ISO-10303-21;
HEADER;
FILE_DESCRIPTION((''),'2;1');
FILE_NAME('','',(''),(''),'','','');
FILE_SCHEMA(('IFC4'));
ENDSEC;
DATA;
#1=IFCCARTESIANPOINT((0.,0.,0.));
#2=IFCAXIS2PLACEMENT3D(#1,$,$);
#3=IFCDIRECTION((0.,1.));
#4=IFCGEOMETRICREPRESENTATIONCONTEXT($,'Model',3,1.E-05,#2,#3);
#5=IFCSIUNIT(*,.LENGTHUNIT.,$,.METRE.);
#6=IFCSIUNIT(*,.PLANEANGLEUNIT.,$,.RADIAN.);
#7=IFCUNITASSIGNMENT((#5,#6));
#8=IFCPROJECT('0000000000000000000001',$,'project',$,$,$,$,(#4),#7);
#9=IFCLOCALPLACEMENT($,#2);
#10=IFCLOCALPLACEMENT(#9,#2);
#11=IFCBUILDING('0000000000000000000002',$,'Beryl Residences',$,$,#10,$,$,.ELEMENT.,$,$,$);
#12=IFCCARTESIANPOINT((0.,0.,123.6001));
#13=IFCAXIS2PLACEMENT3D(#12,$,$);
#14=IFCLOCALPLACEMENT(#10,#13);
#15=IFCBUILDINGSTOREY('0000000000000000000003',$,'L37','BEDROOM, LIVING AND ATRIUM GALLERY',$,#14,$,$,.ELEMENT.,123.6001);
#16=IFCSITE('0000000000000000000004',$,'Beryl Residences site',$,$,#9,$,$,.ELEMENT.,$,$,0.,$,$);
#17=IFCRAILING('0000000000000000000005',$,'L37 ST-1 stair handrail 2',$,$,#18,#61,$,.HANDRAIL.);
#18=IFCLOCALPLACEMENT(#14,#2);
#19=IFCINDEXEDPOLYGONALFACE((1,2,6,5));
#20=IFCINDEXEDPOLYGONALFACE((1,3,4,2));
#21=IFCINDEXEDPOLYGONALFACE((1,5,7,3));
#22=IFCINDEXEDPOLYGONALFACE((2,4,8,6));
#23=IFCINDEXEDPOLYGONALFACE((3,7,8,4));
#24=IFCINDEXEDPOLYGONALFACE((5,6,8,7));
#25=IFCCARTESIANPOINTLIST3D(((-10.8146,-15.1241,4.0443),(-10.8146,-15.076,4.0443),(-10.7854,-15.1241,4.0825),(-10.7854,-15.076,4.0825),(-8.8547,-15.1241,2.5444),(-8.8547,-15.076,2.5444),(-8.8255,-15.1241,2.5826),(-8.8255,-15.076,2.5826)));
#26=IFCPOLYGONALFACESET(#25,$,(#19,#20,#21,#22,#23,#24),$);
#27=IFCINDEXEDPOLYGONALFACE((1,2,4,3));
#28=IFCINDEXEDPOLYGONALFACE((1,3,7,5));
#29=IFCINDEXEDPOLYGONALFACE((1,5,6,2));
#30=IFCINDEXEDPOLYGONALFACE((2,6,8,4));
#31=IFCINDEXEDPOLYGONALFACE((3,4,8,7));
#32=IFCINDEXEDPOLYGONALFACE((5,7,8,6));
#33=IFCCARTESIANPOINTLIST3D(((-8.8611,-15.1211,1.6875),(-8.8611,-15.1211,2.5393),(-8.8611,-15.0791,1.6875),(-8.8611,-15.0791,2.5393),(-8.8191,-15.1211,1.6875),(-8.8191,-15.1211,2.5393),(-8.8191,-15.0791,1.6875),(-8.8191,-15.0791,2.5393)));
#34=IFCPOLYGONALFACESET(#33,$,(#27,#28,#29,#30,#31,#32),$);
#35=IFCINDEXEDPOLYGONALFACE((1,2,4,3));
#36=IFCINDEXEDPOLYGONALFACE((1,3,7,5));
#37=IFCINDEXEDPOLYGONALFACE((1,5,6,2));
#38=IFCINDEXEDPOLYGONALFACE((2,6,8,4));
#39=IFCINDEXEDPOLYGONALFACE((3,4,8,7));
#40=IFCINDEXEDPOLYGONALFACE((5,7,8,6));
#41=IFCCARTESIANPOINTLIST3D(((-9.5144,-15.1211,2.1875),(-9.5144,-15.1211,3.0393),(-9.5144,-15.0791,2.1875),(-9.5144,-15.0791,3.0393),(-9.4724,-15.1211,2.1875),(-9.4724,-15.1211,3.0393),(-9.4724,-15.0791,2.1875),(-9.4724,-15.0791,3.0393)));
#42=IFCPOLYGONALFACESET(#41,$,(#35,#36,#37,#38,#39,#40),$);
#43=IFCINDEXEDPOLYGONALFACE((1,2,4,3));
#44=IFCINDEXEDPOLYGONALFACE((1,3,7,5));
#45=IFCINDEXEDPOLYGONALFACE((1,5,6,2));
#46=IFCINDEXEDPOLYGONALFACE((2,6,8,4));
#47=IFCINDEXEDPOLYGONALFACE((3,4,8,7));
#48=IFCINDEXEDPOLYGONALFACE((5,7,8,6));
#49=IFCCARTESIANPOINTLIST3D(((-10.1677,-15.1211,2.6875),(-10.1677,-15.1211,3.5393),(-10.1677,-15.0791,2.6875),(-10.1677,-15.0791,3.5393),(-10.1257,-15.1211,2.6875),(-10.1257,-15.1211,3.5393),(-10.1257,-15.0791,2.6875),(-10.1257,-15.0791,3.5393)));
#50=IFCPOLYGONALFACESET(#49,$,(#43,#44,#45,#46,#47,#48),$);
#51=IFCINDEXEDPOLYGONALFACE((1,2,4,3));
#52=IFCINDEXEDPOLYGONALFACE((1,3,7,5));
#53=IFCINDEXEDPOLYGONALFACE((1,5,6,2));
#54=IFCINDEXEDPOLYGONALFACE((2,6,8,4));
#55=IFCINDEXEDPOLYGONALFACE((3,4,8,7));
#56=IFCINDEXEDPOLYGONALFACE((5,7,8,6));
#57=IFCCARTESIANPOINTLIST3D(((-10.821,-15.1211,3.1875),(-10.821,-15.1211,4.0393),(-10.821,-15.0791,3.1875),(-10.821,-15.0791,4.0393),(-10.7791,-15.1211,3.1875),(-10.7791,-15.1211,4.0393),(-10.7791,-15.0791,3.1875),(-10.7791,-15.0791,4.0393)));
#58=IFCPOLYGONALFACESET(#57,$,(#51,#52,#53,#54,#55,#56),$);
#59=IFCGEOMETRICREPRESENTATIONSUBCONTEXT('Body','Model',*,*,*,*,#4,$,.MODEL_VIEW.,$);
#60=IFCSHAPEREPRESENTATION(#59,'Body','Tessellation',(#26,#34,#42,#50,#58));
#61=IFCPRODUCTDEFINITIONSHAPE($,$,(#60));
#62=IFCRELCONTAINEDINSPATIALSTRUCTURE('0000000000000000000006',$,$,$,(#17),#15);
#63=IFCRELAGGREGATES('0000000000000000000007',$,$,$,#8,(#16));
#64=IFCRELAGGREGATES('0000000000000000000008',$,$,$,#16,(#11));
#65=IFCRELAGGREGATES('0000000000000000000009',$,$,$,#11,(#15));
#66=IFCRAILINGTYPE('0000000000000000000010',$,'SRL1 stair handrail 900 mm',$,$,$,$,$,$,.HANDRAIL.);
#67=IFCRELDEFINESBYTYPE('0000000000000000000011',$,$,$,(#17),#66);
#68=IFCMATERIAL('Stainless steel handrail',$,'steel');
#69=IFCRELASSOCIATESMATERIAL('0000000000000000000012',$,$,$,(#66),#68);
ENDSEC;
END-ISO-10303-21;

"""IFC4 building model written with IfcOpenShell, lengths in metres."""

from ifc_helpers import new_model, si_unit, direction, frame, origin, origin_2d, place, context, subcontext, project, spatial, rectangle, extrude, material, type_object, element, save


model = new_model("IFC4")

# Units and contexts
model_context = context("Model", 3, precision=1e-05, world=origin(), true_north=direction((0.0, 1.0)))
body_context = subcontext(model_context, "Body", "Model", "MODEL_VIEW")
ifc_project = project(units=[si_unit("LENGTHUNIT", "METRE"), si_unit("PLANEANGLEUNIT", "RADIAN")], contexts=[model_context])

# Site, building, storey
site_placement = place(None, origin())
site = spatial("IfcSite", under=ifc_project, at=site_placement, Name="Beryl Residences site", CompositionType="ELEMENT", RefElevation=0.0)
building_placement = place(site_placement, origin())
building = spatial("IfcBuilding", under=site, at=building_placement, Name="Beryl Residences", CompositionType="ELEMENT")
storey_placement = place(building_placement, frame((0.0, 0.0, 123.6001)))
storey = spatial("IfcBuildingStorey", under=building, at=storey_placement, Name="L37", Description="BEDROOM, LIVING AND ATRIUM GALLERY", CompositionType="ELEMENT", Elevation=123.6001)

# Railing
ifc_material_1 = material(Name="Stainless steel handrail", Category="steel")
railing_type_1 = type_object("IfcRailingType", Name="SRL1 stair handrail 900 mm", PredefinedType="HANDRAIL", material=ifc_material_1)
railing_1_placement = place(storey_placement, frame((-8.8401, -15.1001, 1.6875)))
element("IfcRailing", 1, at=railing_1_placement, inside=storey, type_object=railing_type_1, Name="L37 ST-1 stair handrail 2", PredefinedType="HANDRAIL", context=body_context, shape_type="SweptSolid", body=[
    extrude(rectangle(XDim=0.0481, YDim=0.0481, at=origin_2d()), frame((0.0, 0.0, 0.876), z_axis=(-0.794122, 0.0, 0.607758), x_axis=(0.0, -1.0, 0.0)), (0.0, 0.0, 1.0), 2.468),
    extrude(rectangle(XDim=0.042, YDim=0.042, at=origin_2d()), origin(), (0.0, 0.0, 1.0), 0.8518),
    extrude(rectangle(XDim=0.042, YDim=0.042, at=origin_2d()), frame((-0.6533, 0.0, 0.5)), (0.0, 0.0, 1.0), 0.8518),
    extrude(rectangle(XDim=0.042, YDim=0.042, at=origin_2d()), frame((-1.3066, 0.0, 1.0)), (0.0, 0.0, 1.0), 0.8518),
    extrude(rectangle(XDim=0.042, YDim=0.042, at=origin_2d()), frame((-1.96, 0.0, 1.5)), (0.0, 0.0, 1.0), 0.8518),
])

save(model, "model.ifc")
